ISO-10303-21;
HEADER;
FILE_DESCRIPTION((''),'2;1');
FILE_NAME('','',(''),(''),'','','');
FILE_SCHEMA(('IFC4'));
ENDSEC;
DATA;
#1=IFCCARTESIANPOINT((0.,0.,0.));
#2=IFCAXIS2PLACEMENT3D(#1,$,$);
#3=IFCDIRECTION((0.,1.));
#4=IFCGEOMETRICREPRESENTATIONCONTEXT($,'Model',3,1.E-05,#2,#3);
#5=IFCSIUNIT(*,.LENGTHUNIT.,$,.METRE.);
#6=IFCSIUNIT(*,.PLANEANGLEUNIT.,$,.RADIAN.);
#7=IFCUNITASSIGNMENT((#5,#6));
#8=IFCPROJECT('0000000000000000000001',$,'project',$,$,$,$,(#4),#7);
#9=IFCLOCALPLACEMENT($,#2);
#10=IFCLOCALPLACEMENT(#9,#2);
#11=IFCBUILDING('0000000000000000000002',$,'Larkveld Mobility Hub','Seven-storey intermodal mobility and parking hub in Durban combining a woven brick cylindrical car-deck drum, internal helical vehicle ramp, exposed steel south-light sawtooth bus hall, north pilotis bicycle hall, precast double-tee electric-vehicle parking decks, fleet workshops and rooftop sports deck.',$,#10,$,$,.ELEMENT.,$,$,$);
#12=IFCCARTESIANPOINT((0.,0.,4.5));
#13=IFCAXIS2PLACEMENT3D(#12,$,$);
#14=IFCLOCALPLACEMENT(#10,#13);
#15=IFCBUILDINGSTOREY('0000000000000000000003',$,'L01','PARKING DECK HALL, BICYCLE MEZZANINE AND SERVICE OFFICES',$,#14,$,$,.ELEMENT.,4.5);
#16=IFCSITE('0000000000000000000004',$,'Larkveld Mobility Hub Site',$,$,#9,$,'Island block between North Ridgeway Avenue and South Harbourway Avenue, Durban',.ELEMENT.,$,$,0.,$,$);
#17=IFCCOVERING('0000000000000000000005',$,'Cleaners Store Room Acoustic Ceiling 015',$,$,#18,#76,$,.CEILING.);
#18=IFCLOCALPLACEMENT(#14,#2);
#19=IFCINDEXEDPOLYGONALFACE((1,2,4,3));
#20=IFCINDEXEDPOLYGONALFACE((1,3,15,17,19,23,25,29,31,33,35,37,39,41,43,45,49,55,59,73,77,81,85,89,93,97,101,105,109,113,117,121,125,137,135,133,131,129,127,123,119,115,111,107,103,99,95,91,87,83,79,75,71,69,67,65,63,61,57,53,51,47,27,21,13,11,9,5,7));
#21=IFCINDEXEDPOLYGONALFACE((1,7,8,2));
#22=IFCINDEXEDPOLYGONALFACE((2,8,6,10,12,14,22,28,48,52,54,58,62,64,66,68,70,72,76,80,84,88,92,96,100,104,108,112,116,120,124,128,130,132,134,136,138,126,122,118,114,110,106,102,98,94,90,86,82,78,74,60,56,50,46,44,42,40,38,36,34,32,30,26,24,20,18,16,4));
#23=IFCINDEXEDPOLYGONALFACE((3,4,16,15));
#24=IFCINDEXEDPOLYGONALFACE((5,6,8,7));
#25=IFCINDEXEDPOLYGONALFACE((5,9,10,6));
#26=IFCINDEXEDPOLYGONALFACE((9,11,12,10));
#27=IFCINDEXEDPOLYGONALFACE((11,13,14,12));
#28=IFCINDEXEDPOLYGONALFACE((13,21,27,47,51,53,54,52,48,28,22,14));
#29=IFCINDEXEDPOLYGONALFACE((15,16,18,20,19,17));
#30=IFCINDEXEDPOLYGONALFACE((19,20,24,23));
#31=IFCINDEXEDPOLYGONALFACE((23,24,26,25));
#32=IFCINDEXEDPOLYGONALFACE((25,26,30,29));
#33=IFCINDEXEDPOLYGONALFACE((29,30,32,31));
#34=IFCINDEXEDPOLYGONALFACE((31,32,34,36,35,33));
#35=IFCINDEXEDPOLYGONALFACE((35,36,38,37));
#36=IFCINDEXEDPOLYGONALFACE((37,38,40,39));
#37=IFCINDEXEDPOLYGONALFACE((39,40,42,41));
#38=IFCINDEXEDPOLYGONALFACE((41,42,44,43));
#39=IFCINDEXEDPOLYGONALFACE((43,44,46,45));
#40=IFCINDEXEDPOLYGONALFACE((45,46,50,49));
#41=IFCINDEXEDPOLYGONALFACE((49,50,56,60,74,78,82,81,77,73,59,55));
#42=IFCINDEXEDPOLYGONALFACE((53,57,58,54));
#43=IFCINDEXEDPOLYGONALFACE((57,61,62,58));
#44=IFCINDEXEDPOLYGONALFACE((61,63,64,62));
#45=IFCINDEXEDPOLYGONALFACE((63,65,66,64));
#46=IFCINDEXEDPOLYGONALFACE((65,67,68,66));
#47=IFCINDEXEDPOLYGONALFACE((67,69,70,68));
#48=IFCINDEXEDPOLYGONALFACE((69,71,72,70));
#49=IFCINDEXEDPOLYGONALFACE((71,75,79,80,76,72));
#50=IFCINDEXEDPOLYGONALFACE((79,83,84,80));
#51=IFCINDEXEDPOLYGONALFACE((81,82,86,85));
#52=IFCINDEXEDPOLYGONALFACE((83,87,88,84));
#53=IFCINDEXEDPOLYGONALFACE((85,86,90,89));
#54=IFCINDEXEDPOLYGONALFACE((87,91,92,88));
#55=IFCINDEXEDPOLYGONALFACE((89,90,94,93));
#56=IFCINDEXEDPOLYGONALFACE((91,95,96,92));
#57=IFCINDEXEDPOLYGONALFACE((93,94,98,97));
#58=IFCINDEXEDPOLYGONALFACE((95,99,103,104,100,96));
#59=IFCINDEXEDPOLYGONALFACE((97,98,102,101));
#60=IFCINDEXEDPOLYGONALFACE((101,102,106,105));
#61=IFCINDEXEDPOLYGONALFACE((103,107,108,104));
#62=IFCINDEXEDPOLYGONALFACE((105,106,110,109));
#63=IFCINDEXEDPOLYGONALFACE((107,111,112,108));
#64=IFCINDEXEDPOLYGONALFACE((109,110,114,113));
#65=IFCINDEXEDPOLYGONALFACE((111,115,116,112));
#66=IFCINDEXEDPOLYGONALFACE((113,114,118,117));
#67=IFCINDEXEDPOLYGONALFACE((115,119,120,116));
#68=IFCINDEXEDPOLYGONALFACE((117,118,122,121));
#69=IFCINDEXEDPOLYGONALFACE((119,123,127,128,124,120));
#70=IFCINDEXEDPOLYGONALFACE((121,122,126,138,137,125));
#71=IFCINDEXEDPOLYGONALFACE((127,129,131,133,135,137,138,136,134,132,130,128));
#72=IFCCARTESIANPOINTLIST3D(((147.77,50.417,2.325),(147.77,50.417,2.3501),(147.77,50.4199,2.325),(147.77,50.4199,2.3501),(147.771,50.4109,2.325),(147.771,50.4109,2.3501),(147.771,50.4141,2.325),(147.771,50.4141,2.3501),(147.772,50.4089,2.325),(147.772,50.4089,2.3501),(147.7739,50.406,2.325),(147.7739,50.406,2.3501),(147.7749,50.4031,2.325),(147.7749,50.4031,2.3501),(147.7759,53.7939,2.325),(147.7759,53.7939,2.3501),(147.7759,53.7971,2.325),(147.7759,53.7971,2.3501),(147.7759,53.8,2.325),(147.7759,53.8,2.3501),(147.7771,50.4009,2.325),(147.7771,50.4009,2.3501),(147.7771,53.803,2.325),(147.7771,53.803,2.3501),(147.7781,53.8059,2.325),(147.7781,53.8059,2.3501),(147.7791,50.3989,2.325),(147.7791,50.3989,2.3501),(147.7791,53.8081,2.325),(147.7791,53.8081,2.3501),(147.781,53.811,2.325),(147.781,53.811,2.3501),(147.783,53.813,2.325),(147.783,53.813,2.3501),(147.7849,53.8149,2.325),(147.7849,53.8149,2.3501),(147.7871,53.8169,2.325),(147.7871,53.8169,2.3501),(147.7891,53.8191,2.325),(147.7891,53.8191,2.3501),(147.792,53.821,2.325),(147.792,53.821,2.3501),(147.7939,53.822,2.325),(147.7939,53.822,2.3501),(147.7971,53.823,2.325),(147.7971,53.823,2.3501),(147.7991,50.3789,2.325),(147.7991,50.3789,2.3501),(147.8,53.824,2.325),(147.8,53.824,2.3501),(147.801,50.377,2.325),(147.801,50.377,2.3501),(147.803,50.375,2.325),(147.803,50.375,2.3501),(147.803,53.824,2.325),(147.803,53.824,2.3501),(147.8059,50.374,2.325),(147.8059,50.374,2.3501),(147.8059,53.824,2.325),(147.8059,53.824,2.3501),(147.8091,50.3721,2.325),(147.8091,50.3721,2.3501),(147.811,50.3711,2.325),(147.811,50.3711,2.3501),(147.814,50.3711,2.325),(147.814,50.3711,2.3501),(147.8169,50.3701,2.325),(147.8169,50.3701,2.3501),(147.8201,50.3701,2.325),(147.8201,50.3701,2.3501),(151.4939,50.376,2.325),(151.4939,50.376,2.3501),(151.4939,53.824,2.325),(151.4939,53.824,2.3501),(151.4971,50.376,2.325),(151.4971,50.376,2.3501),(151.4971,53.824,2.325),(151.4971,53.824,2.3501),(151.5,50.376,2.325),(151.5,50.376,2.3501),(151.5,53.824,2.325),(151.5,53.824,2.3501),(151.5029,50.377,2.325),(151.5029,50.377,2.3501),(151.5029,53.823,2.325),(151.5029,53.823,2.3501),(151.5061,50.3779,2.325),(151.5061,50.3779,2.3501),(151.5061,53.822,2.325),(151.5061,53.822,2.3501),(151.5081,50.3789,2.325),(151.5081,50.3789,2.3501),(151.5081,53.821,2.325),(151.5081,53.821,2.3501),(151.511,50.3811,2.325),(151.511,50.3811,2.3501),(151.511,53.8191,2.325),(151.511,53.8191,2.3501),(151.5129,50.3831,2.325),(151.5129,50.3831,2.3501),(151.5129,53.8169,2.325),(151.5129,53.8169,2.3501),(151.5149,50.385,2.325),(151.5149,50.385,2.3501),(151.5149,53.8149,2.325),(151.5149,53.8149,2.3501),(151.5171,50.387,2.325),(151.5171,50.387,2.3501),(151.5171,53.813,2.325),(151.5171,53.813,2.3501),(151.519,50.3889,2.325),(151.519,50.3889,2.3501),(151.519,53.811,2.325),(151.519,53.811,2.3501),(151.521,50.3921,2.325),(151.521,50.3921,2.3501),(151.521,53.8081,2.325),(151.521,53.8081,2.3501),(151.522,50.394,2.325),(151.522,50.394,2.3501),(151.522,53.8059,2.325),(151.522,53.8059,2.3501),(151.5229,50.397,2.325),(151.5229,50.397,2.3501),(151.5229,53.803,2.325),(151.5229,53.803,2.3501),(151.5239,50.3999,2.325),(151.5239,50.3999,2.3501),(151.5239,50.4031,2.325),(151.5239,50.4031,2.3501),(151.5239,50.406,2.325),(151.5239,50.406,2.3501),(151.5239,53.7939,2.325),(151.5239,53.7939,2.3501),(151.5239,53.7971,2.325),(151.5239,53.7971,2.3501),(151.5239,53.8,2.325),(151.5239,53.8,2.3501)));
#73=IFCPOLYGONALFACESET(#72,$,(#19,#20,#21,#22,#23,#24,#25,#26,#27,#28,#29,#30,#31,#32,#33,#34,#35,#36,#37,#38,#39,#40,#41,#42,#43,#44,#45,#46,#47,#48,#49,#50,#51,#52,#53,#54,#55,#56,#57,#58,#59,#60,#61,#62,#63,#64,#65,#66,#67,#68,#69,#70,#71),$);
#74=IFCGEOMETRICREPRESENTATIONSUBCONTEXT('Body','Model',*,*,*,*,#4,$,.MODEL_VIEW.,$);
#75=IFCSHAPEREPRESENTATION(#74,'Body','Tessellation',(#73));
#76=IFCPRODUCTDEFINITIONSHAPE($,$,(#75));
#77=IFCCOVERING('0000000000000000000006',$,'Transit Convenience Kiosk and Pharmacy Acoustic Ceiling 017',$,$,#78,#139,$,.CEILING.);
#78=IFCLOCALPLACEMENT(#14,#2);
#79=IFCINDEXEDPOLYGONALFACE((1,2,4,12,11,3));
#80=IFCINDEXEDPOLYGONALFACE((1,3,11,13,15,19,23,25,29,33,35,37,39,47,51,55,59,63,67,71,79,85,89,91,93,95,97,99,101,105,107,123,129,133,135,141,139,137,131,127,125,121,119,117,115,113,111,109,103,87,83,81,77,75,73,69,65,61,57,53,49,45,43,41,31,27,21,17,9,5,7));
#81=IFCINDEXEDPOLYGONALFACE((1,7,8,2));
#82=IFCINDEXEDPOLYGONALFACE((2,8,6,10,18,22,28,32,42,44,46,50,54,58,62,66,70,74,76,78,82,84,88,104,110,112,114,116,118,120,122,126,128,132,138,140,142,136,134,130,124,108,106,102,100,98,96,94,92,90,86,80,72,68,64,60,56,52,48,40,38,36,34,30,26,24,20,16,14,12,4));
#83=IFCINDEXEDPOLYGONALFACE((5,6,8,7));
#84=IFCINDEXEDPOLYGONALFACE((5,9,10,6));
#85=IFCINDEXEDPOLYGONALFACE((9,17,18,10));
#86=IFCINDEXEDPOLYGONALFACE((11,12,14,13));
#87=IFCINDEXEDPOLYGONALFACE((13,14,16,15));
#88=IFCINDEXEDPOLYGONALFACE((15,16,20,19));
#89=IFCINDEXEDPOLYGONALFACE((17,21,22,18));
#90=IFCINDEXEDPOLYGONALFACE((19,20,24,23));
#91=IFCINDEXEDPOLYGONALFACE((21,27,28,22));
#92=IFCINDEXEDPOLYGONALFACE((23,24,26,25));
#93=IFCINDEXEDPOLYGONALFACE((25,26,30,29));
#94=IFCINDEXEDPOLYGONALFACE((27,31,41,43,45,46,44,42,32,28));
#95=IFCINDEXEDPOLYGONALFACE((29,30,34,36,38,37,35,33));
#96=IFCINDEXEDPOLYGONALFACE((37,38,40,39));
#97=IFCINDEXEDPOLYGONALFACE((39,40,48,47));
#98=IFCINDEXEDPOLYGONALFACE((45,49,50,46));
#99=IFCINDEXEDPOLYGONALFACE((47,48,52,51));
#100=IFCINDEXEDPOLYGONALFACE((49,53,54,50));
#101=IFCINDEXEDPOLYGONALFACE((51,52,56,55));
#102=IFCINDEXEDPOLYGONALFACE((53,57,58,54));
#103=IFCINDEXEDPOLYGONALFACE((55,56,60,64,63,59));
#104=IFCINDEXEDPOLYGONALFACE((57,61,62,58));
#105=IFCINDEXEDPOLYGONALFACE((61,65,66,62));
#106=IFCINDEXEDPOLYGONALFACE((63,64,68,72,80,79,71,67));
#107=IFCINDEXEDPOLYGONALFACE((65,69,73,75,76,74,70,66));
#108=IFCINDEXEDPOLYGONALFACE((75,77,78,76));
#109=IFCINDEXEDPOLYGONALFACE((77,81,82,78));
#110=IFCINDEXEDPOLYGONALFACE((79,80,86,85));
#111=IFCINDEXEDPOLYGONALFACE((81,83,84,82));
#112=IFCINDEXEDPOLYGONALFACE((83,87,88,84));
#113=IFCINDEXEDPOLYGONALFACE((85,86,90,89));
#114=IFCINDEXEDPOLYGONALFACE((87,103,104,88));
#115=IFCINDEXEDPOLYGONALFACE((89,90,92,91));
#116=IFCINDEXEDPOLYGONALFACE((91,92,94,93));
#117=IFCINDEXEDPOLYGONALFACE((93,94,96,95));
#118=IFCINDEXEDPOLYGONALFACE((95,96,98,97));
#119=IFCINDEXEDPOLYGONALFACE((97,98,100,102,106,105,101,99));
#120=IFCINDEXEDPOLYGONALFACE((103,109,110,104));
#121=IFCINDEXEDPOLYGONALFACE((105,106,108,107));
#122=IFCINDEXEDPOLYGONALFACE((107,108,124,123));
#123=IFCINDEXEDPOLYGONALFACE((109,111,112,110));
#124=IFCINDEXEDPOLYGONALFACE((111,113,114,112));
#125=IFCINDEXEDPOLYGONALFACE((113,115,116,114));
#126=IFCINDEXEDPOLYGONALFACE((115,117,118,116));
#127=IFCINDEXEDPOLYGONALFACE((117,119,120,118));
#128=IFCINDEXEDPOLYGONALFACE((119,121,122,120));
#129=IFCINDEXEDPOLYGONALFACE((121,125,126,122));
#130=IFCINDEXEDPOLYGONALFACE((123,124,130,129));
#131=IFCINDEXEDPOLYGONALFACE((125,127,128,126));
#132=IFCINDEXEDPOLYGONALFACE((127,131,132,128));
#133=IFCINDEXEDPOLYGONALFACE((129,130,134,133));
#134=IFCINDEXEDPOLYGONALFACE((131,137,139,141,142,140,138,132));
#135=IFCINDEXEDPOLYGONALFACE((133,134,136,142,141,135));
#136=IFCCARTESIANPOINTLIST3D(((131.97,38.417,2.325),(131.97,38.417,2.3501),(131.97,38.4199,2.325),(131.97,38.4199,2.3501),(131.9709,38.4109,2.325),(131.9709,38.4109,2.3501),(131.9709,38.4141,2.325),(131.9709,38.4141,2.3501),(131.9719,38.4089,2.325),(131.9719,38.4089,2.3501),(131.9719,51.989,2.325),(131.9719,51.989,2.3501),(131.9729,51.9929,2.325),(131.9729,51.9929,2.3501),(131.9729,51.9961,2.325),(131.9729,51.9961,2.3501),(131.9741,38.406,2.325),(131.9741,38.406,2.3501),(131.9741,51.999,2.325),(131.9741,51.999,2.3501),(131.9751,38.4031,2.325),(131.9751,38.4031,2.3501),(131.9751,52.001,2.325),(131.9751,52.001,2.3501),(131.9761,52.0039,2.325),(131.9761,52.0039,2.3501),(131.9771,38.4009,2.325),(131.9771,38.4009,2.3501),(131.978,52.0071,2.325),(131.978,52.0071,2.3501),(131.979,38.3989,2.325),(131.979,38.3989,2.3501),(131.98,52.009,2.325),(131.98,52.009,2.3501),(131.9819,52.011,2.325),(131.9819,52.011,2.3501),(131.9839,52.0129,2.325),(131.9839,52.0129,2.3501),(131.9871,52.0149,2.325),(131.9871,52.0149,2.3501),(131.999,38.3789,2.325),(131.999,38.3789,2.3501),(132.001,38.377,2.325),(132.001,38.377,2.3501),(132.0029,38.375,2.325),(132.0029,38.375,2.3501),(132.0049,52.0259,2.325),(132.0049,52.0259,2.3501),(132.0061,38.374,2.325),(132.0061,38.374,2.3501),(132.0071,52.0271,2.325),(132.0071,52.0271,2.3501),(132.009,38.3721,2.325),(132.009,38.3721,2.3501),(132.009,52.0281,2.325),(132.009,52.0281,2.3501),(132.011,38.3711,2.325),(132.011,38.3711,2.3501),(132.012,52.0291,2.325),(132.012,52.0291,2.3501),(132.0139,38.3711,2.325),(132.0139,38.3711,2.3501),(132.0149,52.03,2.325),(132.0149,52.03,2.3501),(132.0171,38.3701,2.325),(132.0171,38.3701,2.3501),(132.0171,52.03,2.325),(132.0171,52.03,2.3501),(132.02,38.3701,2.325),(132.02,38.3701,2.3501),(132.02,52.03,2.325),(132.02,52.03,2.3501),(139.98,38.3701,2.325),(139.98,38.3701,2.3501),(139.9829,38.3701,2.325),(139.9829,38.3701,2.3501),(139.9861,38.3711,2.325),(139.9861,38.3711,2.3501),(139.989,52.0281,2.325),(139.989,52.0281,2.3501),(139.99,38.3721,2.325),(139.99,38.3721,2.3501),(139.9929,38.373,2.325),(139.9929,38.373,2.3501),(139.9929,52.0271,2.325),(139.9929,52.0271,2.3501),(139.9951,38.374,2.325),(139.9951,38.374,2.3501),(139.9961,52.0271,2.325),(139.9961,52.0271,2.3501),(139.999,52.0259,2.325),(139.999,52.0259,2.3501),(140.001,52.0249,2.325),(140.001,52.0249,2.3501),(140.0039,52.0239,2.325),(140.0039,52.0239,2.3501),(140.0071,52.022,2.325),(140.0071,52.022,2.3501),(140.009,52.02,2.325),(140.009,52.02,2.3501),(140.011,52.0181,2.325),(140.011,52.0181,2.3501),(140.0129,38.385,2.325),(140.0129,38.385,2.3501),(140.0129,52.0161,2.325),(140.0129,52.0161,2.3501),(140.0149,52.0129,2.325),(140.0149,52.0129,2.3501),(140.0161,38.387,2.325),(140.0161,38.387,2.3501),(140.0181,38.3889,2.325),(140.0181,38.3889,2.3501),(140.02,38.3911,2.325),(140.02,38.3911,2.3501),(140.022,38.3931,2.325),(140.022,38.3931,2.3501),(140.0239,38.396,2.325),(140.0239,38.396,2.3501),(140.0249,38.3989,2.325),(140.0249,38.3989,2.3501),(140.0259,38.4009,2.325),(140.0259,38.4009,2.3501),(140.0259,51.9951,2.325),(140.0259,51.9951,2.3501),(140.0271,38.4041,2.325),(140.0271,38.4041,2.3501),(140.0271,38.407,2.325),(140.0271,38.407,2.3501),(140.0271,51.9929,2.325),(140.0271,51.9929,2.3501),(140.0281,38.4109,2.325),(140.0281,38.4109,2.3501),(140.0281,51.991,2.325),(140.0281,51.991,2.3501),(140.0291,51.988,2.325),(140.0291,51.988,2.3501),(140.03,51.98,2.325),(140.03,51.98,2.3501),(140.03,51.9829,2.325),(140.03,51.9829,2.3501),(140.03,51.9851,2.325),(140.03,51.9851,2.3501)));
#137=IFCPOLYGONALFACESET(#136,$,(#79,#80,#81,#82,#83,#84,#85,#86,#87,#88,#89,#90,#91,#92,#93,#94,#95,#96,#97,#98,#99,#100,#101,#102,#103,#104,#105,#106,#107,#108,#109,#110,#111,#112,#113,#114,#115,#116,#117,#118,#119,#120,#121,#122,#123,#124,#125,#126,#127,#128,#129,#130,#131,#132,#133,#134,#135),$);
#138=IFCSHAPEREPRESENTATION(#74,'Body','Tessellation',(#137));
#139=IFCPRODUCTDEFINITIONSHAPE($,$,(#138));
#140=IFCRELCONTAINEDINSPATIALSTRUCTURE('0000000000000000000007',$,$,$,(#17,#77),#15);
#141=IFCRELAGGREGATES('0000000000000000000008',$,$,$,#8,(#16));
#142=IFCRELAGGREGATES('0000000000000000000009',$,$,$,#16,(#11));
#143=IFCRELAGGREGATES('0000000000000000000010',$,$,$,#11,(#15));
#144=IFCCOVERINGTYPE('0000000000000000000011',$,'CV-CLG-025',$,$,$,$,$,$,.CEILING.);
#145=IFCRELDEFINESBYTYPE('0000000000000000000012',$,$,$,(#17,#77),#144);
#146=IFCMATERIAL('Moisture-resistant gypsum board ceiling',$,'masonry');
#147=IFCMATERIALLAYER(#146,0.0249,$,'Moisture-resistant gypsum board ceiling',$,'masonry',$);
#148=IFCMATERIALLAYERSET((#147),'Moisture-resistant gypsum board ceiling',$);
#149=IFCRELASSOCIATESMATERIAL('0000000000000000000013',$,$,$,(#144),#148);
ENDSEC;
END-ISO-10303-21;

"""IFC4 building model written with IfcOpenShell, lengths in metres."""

from ifc_helpers import new_model, si_unit, direction, frame, origin, place, context, subcontext, project, spatial, polyline, outline, extrude, material, layer, layer_set, type_object, element, save


model = new_model("IFC4")

# Units and contexts
model_context = context("Model", 3, precision=1e-05, world=origin(), true_north=direction((0.0, 1.0)))
body_context = subcontext(model_context, "Body", "Model", "MODEL_VIEW")
ifc_project = project(units=[si_unit("LENGTHUNIT", "METRE"), si_unit("PLANEANGLEUNIT", "RADIAN")], contexts=[model_context])

# Site, building, storey
site_placement = place(None, origin())
site = spatial("IfcSite", under=ifc_project, at=site_placement, Name="Larkveld Mobility Hub Site", LongName="Island block between North Ridgeway Avenue and South Harbourway Avenue, Durban", CompositionType="ELEMENT", RefElevation=0.0)
building_placement = place(site_placement, origin())
building = spatial("IfcBuilding", under=site, at=building_placement, Name="Larkveld Mobility Hub", Description="Seven-storey intermodal mobility and parking hub in Durban combining a woven brick cylindrical car-deck drum, internal helical vehicle ramp, exposed steel south-light sawtooth bus hall, north pilotis bicycle hall, precast double-tee electric-vehicle parking decks, fleet workshops and rooftop sports deck.", CompositionType="ELEMENT")
storey_placement = place(building_placement, frame((0.0, 0.0, 4.5)))
storey = spatial("IfcBuildingStorey", under=building, at=storey_placement, Name="L01", Description="PARKING DECK HALL, BICYCLE MEZZANINE AND SERVICE OFFICES", CompositionType="ELEMENT", Elevation=4.5)

# Coverings
ifc_material_1 = material(Name="Moisture-resistant gypsum board ceiling", Category="masonry")
ifc_layer_1 = layer(ifc_material_1, 0.0249, Name="Moisture-resistant gypsum board ceiling", Category="masonry")
ifc_layer_set_1 = layer_set([ifc_layer_1], Name="Moisture-resistant gypsum board ceiling")
covering_type_1 = type_object("IfcCoveringType", Name="CV-CLG-025", PredefinedType="CEILING", material=ifc_layer_set_1)
covering_1_placement = place(storey_placement, frame((0.0, 0.0, 2.325)))
element("IfcCovering", 1, at=covering_1_placement, inside=storey, type_object=covering_type_1, Name="Cleaners Store Room Acoustic Ceiling 015", PredefinedType="CEILING", context=body_context, shape_type="SweptSolid", body=[
    extrude(outline(polyline([(147.8201, 50.3701), (147.8169, 50.3701), (147.814, 50.3711), (147.811, 50.3711), (147.8091, 50.3721), (147.8059, 50.374), (147.803, 50.375), (147.801, 50.377), (147.7991, 50.3789), (147.7791, 50.3989), (147.7771, 50.4009), (147.7749, 50.4031), (147.7739, 50.406), (147.772, 50.4089), (147.771, 50.4109), (147.771, 50.4141), (147.77, 50.417), (147.77, 50.4199), (147.7759, 53.7939), (147.7759, 53.7971), (147.7759, 53.8), (147.7771, 53.803), (147.7781, 53.8059), (147.7791, 53.8081), (147.781, 53.811), (147.783, 53.813), (147.7849, 53.8149), (147.7871, 53.8169), (147.7891, 53.8191), (147.792, 53.821), (147.7939, 53.822), (147.7971, 53.823), (147.8, 53.824), (147.803, 53.824), (147.8059, 53.824), (151.4939, 53.824), (151.4971, 53.824), (151.5, 53.824), (151.5029, 53.823), (151.5061, 53.822), (151.5081, 53.821), (151.511, 53.8191), (151.5129, 53.8169), (151.5149, 53.8149), (151.5171, 53.813), (151.519, 53.811), (151.521, 53.8081), (151.522, 53.8059), (151.5229, 53.803), (151.5239, 53.8), (151.5239, 53.7971), (151.5239, 53.7939), (151.5239, 50.406), (151.5239, 50.4031), (151.5239, 50.3999), (151.5229, 50.397), (151.522, 50.394), (151.521, 50.3921), (151.519, 50.3889), (151.5171, 50.387), (151.5149, 50.385), (151.5129, 50.3831), (151.511, 50.3811), (151.5081, 50.3789), (151.5061, 50.3779), (151.5029, 50.377), (151.5, 50.376), (151.4971, 50.376), (151.4939, 50.376), (147.8201, 50.3701)])), origin(), (0.0, 0.0, 1.0), 0.0251),
])
covering_2_placement = place(storey_placement, frame((0.0, 0.0, 2.325)))
element("IfcCovering", 2, at=covering_2_placement, inside=storey, type_object=covering_type_1, Name="Transit Convenience Kiosk and Pharmacy Acoustic Ceiling 017", PredefinedType="CEILING", context=body_context, shape_type="SweptSolid", body=[
    extrude(outline(polyline([(132.02, 38.3701), (132.0171, 38.3701), (132.0139, 38.3711), (132.011, 38.3711), (132.009, 38.3721), (132.0061, 38.374), (132.0029, 38.375), (132.001, 38.377), (131.999, 38.3789), (131.979, 38.3989), (131.9771, 38.4009), (131.9751, 38.4031), (131.9741, 38.406), (131.9719, 38.4089), (131.9709, 38.4109), (131.9709, 38.4141), (131.97, 38.417), (131.97, 38.4199), (131.9719, 51.989), (131.9729, 51.9929), (131.9729, 51.9961), (131.9741, 51.999), (131.9751, 52.001), (131.9761, 52.0039), (131.978, 52.0071), (131.98, 52.009), (131.9819, 52.011), (131.9839, 52.0129), (131.9871, 52.0149), (132.0049, 52.0259), (132.0071, 52.0271), (132.009, 52.0281), (132.012, 52.0291), (132.0149, 52.03), (132.0171, 52.03), (132.02, 52.03), (139.989, 52.0281), (139.9929, 52.0271), (139.9961, 52.0271), (139.999, 52.0259), (140.001, 52.0249), (140.0039, 52.0239), (140.0071, 52.022), (140.009, 52.02), (140.011, 52.0181), (140.0129, 52.0161), (140.0149, 52.0129), (140.0259, 51.9951), (140.0271, 51.9929), (140.0281, 51.991), (140.0291, 51.988), (140.03, 51.9851), (140.03, 51.9829), (140.03, 51.98), (140.0281, 38.4109), (140.0271, 38.407), (140.0271, 38.4041), (140.0259, 38.4009), (140.0249, 38.3989), (140.0239, 38.396), (140.022, 38.3931), (140.02, 38.3911), (140.0181, 38.3889), (140.0161, 38.387), (140.0129, 38.385), (139.9951, 38.374), (139.9929, 38.373), (139.99, 38.3721), (139.9861, 38.3711), (139.9829, 38.3701), (139.98, 38.3701), (132.02, 38.3701)])), origin(), (0.0, 0.0, 1.0), 0.0251),
])

save(model, "model.ifc")
